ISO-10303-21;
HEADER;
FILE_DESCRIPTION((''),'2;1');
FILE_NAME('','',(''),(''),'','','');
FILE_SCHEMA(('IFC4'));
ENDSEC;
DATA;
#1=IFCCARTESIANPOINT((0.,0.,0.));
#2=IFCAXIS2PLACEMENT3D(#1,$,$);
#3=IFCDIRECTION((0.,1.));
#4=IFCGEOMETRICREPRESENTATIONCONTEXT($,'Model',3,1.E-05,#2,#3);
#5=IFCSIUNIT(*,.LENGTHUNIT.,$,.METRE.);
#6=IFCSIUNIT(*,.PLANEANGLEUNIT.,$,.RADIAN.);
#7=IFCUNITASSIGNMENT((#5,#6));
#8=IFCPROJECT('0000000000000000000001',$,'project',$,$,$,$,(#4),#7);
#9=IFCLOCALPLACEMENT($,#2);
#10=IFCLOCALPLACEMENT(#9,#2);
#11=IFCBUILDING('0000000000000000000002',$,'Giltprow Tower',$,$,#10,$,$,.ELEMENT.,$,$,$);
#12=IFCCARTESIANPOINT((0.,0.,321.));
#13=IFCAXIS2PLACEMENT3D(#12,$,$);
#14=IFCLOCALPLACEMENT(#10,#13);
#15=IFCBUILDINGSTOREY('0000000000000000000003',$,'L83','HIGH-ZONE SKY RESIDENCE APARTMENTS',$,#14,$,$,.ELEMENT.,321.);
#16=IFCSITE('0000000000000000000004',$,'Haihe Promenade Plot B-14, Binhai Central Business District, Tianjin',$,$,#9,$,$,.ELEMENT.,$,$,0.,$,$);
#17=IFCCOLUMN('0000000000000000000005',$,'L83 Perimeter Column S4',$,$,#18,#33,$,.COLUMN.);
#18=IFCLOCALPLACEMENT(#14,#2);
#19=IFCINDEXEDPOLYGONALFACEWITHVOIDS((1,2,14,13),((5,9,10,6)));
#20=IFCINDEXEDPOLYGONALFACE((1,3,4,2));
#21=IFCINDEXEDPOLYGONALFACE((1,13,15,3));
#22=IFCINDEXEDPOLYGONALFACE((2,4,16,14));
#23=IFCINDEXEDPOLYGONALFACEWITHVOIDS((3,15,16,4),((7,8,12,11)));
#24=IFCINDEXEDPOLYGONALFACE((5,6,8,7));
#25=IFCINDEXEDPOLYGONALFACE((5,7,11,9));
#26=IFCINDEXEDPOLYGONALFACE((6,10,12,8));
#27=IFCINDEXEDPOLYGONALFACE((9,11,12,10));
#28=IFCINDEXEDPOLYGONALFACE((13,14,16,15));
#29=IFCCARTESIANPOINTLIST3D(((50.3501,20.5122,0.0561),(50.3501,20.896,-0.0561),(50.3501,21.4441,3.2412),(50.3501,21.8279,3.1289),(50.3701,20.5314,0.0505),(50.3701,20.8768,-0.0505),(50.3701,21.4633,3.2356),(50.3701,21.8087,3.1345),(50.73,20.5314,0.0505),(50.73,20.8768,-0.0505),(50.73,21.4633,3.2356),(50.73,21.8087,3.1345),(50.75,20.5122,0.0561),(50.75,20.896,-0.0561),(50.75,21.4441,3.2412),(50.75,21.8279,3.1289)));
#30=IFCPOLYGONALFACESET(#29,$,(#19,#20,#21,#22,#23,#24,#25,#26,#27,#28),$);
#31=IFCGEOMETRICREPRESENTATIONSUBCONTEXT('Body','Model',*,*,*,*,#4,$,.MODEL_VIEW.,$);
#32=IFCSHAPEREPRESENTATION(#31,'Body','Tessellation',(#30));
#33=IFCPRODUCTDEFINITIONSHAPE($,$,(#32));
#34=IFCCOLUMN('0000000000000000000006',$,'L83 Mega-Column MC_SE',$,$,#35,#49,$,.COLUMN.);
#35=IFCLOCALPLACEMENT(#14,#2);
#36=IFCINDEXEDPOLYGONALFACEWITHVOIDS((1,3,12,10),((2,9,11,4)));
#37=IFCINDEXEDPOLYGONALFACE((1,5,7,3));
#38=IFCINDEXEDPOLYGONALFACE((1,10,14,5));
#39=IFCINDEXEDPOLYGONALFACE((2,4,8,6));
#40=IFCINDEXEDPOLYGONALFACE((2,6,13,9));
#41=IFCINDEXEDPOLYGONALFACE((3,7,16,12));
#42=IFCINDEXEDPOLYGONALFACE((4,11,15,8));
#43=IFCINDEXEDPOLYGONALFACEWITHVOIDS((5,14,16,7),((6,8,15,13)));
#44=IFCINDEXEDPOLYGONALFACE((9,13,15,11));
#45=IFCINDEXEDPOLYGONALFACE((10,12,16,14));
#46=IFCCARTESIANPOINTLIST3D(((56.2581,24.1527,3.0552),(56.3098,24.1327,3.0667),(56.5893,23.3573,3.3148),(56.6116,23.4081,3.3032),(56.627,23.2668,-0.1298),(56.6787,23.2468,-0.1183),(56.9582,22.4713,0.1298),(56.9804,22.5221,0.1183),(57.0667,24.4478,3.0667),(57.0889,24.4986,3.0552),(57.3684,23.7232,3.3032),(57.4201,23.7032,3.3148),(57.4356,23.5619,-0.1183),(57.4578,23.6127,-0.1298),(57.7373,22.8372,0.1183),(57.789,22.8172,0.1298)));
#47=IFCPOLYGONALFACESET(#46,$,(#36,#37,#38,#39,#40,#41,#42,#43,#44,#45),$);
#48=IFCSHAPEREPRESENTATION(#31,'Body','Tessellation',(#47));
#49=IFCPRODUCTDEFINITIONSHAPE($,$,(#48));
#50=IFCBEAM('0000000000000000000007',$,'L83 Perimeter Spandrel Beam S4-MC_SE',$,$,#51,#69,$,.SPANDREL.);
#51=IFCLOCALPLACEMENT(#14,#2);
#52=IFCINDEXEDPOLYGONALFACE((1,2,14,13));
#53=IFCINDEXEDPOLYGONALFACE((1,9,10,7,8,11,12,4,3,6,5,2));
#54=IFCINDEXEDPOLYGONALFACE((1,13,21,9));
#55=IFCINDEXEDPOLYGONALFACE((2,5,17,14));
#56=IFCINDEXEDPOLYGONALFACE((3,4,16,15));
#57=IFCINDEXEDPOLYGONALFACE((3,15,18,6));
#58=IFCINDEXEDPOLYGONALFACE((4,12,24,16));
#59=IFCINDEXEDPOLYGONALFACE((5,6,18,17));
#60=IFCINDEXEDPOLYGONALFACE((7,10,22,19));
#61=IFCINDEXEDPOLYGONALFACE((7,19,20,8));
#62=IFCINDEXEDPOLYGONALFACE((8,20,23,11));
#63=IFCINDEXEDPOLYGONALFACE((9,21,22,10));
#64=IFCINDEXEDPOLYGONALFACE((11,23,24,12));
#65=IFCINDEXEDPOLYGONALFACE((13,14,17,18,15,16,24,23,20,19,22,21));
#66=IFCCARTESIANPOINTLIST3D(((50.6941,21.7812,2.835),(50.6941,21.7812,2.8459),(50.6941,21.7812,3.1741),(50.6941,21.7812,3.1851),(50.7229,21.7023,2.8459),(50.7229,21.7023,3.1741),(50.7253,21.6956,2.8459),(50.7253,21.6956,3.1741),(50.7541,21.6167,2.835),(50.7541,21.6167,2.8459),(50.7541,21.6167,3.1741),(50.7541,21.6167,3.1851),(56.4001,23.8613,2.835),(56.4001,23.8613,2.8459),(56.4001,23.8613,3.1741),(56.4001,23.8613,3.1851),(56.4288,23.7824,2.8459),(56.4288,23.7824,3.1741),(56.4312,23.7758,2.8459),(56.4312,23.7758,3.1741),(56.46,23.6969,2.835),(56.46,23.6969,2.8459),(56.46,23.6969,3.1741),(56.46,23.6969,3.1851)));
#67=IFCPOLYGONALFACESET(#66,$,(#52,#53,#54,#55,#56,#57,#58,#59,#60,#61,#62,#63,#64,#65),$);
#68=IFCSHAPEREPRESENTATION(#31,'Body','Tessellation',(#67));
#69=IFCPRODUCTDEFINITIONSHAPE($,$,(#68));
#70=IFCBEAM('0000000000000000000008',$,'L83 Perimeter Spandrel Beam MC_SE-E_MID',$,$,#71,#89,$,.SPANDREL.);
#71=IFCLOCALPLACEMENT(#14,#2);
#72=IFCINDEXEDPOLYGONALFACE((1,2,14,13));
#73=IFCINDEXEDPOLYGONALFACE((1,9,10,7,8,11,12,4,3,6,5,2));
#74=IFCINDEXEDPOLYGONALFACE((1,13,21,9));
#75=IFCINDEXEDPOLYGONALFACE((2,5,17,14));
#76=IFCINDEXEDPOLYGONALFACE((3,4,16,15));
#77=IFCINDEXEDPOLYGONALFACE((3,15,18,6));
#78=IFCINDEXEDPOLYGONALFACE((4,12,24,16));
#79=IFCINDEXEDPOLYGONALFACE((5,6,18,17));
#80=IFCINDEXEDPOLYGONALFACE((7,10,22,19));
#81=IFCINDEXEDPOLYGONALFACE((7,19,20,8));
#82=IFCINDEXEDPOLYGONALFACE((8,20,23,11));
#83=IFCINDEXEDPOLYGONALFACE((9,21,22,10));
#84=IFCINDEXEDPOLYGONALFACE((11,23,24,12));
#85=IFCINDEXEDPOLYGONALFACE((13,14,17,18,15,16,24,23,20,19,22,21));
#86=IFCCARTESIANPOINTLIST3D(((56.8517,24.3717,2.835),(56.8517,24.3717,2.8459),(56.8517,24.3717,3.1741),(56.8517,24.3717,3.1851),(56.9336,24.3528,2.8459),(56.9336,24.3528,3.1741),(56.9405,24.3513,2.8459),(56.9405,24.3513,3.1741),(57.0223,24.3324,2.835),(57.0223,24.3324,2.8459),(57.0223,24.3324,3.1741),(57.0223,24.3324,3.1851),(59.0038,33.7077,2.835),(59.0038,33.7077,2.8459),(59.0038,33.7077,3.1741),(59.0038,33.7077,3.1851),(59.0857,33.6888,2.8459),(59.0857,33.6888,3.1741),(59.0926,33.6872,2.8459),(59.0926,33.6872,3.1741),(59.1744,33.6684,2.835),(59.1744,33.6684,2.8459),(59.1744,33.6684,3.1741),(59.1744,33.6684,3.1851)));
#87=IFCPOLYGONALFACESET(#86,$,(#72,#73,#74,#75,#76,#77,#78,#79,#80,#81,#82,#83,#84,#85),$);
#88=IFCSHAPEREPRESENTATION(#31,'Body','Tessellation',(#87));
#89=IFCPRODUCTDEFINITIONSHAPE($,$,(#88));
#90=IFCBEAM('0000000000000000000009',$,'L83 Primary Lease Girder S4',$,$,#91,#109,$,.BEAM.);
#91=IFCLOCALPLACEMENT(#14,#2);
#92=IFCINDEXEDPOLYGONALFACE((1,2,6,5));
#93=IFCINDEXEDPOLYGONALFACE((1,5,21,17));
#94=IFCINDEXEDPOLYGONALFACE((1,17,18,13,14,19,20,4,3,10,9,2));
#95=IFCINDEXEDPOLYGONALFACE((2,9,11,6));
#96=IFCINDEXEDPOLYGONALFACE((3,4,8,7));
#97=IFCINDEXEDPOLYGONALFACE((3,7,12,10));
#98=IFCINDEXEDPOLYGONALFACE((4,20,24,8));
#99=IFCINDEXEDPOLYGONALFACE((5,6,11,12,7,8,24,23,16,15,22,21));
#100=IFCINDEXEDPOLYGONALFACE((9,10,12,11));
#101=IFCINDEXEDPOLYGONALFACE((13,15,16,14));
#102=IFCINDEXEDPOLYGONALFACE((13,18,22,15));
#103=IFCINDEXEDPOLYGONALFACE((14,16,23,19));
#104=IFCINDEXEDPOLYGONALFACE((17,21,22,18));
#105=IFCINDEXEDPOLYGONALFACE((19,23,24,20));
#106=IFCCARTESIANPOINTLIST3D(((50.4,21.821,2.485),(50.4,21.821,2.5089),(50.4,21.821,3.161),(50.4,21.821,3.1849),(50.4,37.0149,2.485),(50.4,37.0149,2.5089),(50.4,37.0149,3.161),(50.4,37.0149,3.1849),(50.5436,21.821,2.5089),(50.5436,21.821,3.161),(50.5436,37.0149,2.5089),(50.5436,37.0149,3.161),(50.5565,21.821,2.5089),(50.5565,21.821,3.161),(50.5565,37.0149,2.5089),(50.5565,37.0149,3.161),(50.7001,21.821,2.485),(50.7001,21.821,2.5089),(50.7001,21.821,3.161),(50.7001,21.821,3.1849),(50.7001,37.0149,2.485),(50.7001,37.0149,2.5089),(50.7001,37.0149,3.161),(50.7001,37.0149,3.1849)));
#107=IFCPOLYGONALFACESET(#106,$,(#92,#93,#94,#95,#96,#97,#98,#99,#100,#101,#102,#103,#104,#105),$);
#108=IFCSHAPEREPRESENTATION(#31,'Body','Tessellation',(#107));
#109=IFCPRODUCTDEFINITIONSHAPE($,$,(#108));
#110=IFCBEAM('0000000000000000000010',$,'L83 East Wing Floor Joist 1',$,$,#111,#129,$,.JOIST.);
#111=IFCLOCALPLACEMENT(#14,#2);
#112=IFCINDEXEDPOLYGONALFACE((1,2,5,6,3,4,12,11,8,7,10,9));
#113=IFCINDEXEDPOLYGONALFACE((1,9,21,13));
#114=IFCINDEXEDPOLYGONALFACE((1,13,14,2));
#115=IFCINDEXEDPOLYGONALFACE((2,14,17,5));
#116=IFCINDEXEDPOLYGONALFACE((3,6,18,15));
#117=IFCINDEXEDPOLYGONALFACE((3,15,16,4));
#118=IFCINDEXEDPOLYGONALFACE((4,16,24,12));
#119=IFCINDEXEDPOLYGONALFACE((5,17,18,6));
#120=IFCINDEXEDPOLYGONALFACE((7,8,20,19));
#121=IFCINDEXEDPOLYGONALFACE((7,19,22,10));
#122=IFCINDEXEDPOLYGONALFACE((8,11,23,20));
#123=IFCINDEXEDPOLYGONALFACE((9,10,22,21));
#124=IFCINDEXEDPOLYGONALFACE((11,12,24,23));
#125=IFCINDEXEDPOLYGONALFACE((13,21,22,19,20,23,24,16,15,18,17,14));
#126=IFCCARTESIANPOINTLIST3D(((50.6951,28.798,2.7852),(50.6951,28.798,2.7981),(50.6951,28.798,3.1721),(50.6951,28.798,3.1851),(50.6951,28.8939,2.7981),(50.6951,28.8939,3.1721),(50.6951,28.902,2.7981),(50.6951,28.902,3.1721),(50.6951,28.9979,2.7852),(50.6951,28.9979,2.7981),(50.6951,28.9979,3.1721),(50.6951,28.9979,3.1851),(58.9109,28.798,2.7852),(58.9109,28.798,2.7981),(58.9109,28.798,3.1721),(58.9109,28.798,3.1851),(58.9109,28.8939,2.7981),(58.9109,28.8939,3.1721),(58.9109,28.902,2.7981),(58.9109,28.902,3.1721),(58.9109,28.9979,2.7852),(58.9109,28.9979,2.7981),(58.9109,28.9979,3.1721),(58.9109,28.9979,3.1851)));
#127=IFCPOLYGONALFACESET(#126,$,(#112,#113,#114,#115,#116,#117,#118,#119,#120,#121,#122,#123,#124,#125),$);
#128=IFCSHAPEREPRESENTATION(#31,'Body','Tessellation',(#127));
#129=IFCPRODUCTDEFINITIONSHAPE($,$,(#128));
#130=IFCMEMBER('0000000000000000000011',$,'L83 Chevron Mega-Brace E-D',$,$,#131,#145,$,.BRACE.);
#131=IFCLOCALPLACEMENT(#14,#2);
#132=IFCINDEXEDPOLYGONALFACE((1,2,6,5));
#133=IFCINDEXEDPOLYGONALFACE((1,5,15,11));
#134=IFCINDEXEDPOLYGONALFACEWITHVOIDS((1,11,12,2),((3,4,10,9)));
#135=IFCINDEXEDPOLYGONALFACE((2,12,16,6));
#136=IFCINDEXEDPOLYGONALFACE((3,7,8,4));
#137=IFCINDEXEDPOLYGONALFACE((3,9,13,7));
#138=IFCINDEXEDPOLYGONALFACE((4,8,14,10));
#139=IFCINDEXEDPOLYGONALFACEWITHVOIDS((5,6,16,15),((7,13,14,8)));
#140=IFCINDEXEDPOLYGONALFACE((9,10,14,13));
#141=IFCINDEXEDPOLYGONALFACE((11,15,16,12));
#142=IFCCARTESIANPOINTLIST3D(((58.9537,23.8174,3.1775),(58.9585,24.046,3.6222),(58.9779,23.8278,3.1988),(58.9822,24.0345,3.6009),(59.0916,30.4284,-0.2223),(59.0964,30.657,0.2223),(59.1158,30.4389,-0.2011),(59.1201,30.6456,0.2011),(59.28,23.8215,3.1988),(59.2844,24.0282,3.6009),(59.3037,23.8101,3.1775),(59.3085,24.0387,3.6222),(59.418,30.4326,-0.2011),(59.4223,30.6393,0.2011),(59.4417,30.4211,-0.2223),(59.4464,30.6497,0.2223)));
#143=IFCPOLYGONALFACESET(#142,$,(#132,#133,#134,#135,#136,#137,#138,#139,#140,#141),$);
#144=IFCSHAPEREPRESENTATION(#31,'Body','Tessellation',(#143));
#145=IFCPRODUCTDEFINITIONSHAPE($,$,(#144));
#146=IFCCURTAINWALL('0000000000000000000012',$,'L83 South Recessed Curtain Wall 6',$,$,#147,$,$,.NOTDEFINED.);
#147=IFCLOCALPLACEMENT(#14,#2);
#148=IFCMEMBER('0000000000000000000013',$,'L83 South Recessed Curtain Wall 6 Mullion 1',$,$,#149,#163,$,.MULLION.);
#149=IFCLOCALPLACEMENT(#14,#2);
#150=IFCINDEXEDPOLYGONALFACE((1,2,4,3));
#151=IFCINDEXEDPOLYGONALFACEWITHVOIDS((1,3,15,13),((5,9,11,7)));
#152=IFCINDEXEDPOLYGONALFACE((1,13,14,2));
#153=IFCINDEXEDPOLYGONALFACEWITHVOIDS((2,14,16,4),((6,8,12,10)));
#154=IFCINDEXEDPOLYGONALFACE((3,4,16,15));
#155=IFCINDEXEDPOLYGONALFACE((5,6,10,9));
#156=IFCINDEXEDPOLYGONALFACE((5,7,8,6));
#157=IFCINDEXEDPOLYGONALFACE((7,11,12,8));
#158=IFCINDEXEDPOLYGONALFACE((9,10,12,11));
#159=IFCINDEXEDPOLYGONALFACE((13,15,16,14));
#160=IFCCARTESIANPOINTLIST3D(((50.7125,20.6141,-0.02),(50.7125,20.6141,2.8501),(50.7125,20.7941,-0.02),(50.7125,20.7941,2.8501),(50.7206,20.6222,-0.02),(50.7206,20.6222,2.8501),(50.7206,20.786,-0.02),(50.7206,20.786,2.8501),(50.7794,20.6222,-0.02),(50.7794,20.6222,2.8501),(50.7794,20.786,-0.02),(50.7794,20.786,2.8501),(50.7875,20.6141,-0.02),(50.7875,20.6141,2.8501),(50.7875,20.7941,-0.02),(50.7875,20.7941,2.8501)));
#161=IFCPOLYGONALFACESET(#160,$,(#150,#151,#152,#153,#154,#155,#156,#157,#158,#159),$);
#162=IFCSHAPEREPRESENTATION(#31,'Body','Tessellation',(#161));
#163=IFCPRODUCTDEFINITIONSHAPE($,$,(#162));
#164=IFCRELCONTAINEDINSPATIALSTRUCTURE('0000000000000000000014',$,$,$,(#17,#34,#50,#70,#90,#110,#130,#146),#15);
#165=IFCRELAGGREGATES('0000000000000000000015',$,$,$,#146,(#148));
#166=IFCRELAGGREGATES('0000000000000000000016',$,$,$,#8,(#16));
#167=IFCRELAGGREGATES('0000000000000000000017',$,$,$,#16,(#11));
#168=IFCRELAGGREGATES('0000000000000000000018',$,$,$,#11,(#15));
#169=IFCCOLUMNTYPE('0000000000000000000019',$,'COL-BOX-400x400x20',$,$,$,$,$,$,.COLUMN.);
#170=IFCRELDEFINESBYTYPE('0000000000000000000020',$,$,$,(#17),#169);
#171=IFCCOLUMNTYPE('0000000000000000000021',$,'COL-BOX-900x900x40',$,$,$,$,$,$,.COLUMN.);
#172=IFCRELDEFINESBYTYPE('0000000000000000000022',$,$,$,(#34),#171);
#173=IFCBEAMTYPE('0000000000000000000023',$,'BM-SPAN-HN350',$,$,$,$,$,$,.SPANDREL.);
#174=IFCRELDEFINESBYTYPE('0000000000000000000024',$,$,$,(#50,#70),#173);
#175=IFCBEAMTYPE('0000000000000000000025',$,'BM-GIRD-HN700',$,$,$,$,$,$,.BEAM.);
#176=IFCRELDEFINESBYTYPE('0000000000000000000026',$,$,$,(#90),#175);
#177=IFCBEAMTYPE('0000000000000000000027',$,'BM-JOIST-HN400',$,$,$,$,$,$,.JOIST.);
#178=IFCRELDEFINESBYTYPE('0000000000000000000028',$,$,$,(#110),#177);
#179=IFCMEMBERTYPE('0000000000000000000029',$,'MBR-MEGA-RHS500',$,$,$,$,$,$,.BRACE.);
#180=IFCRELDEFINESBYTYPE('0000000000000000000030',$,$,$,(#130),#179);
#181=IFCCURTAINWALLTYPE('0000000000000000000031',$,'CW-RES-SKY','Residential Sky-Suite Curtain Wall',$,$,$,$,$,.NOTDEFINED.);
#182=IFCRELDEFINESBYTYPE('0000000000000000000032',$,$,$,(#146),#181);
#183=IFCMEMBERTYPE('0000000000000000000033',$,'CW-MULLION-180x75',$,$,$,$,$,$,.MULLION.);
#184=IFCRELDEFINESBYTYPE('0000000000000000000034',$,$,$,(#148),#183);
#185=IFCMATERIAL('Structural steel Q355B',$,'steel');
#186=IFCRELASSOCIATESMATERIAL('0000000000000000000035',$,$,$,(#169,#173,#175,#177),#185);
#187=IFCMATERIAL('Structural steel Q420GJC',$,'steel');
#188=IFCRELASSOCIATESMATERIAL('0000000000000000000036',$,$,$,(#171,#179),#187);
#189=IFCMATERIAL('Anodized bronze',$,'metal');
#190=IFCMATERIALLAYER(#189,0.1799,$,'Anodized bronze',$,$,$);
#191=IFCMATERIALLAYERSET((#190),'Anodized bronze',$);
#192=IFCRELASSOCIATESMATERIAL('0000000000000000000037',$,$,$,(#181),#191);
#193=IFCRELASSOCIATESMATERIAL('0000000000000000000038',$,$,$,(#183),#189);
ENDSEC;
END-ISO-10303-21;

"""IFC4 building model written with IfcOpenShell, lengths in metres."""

from ifc_helpers import new_model, si_unit, direction, frame, origin, origin_2d, place, context, subcontext, project, spatial, hollow_rectangle, i_section, extrude, source, transform, mapped, material, layer, layer_set, material_profile, profile_set, type_object, element, aggregate, save


model = new_model("IFC4")

# Units and contexts
model_context = context("Model", 3, precision=1e-05, world=origin(), true_north=direction((0.0, 1.0)))
body_context = subcontext(model_context, "Body", "Model", "MODEL_VIEW")
ifc_project = project(units=[si_unit("LENGTHUNIT", "METRE"), si_unit("PLANEANGLEUNIT", "RADIAN")], contexts=[model_context])

# Site, building, storey
site_placement = place(None, origin())
site = spatial("IfcSite", under=ifc_project, at=site_placement, Name="Haihe Promenade Plot B-14, Binhai Central Business District, Tianjin", CompositionType="ELEMENT", RefElevation=0.0)
building_placement = place(site_placement, origin())
building = spatial("IfcBuilding", under=site, at=building_placement, Name="Giltprow Tower", CompositionType="ELEMENT")
storey_placement = place(building_placement, frame((0.0, 0.0, 321.0)))
storey = spatial("IfcBuildingStorey", under=building, at=storey_placement, Name="L83", Description="HIGH-ZONE SKY RESIDENCE APARTMENTS", CompositionType="ELEMENT", Elevation=321.0)

# Columns
ifc_material_1 = material(Name="Structural steel Q355B", Category="steel")
ifc_material_profile_1 = material_profile(ifc_material_1, hollow_rectangle(XDim=0.3999, YDim=0.3999, WallThickness=0.02, at=origin_2d()), Name="BOX 400x400x20")
ifc_profile_set_1 = profile_set([ifc_material_profile_1], Name="Structural steel Q355B")
column_type_1 = type_object("IfcColumnType", Name="COL-BOX-400x400x20", PredefinedType="COLUMN", material=ifc_profile_set_1)
shared_shape_1 = source(origin(), body_context, "Body", "SweptSolid", [
    extrude(hollow_rectangle(XDim=0.3999, YDim=0.3999, WallThickness=0.02, at=origin_2d()), origin(), (0.0, 0.0, 1.0), 3.3186),
])
column_1_placement = place(storey_placement, frame((50.55, 20.7041, 0.0), z_axis=(0.0, 0.280808, 0.959764), x_axis=(-1.0, 0.0, 0.0)))
element("IfcColumn", 1, at=column_1_placement, inside=storey, type_object=column_type_1, Name="L83 Perimeter Column S4", PredefinedType="COLUMN", context=body_context, shape_type="MappedRepresentation", body=[
    mapped(shared_shape_1, transform((0.0, 0.0, 0.0), x_axis=(1.0, 0.0, 0.0), y_axis=(0.0, 1.0, 0.0), z_axis=(0.0, 0.0, 1.0), scale=1.0)),
])
ifc_material_2 = material(Name="Structural steel Q420GJC", Category="steel")
ifc_material_profile_2 = material_profile(ifc_material_2, hollow_rectangle(XDim=0.8999, YDim=0.8999, WallThickness=0.04, at=origin_2d()), Name="BOX 900x900x40")
ifc_profile_set_2 = profile_set([ifc_material_profile_2], Name="Structural steel Q420GJC")
column_type_2 = type_object("IfcColumnType", Name="COL-BOX-900x900x40", PredefinedType="COLUMN", material=ifc_profile_set_2)
shared_shape_2 = source(origin(), body_context, "Body", "SweptSolid", [
    extrude(hollow_rectangle(XDim=0.8999, YDim=0.8999, WallThickness=0.04, at=origin_2d()), origin(), (0.0, 0.0, 1.0), 3.3264),
])
column_2_placement = place(storey_placement, frame((57.208, 23.042, 0.0), z_axis=(-0.110896, 0.266341, 0.957478), x_axis=(-0.923175, -0.384381, 0.0)))
element("IfcColumn", 2, at=column_2_placement, inside=storey, type_object=column_type_2, Name="L83 Mega-Column MC_SE", PredefinedType="COLUMN", context=body_context, shape_type="MappedRepresentation", body=[
    mapped(shared_shape_2, transform((0.0, 0.0, 0.0), x_axis=(1.0, 0.0, 0.0), y_axis=(0.0, 1.0, 0.0), z_axis=(0.0, 0.0, 1.0), scale=1.0)),
])

# Beams
ifc_material_profile_3 = material_profile(ifc_material_1, i_section(OverallWidth=0.175, OverallDepth=0.3501, WebThickness=0.0071, FlangeThickness=0.011, at=origin_2d()), Name="HN 350x175x7x11")
ifc_profile_set_3 = profile_set([ifc_material_profile_3], Name="Structural steel Q355B")
beam_type_1 = type_object("IfcBeamType", Name="BM-SPAN-HN350", PredefinedType="SPANDREL", material=ifc_profile_set_3)
shared_shape_3 = source(origin(), body_context, "Body", "SweptSolid", [
    extrude(i_section(OverallWidth=0.175, OverallDepth=0.3501, WebThickness=0.0071, FlangeThickness=0.011, at=origin_2d()), origin(), (0.0, 0.0, 1.0), 6.0732),
])
beam_1_placement = place(storey_placement, frame((50.7241, 21.699, 3.01), z_axis=(0.939516, 0.342505, 0.0), x_axis=(-0.342505, 0.939516, 0.0)))
element("IfcBeam", 3, at=beam_1_placement, inside=storey, type_object=beam_type_1, Name="L83 Perimeter Spandrel Beam S4-MC_SE", PredefinedType="SPANDREL", context=body_context, shape_type="MappedRepresentation", body=[
    mapped(shared_shape_3, transform((0.0, 0.0, 0.0), x_axis=(1.0, 0.0, 0.0), y_axis=(0.0, 1.0, 0.0), z_axis=(0.0, 0.0, 1.0), scale=1.0)),
])
shared_shape_4 = source(origin(), body_context, "Body", "SweptSolid", [
    extrude(i_section(OverallWidth=0.175, OverallDepth=0.3501, WebThickness=0.0071, FlangeThickness=0.011, at=origin_2d()), origin(), (0.0, 0.0, 1.0), 9.5808),
])
beam_2_placement = place(storey_placement, frame((56.937, 24.3521, 3.01), z_axis=(0.224627, 0.974445, 0.0), x_axis=(-0.974445, 0.224627, 0.0)))
element("IfcBeam", 4, at=beam_2_placement, inside=storey, type_object=beam_type_1, Name="L83 Perimeter Spandrel Beam MC_SE-E_MID", PredefinedType="SPANDREL", context=body_context, shape_type="MappedRepresentation", body=[
    mapped(shared_shape_4, transform((0.0, 0.0, 0.0), x_axis=(1.0, 0.0, 0.0), y_axis=(0.0, 1.0, 0.0), z_axis=(0.0, 0.0, 1.0), scale=1.0)),
])
ifc_material_profile_4 = material_profile(ifc_material_1, i_section(OverallWidth=0.3, OverallDepth=0.7, WebThickness=0.0129, FlangeThickness=0.0239, at=origin_2d()), Name="HN 700x300x13x24")
ifc_profile_set_4 = profile_set([ifc_material_profile_4], Name="Structural steel Q355B")
beam_type_2 = type_object("IfcBeamType", Name="BM-GIRD-HN700", PredefinedType="BEAM", material=ifc_profile_set_4)
shared_shape_5 = source(origin(), body_context, "Body", "SweptSolid", [
    extrude(i_section(OverallWidth=0.3, OverallDepth=0.7, WebThickness=0.0129, FlangeThickness=0.0239, at=origin_2d()), origin(), (0.0, 0.0, 1.0), 15.1938),
])
beam_3_placement = place(storey_placement, frame((50.55, 21.821, 2.835), z_axis=(0.0, 1.0, 0.0), x_axis=(-1.0, 0.0, 0.0)))
element("IfcBeam", 5, at=beam_3_placement, inside=storey, type_object=beam_type_2, Name="L83 Primary Lease Girder S4", PredefinedType="BEAM", context=body_context, shape_type="MappedRepresentation", body=[
    mapped(shared_shape_5, transform((0.0, 0.0, 0.0), x_axis=(1.0, 0.0, 0.0), y_axis=(0.0, 1.0, 0.0), z_axis=(0.0, 0.0, 1.0), scale=1.0)),
])
ifc_material_profile_5 = material_profile(ifc_material_1, i_section(OverallWidth=0.2, OverallDepth=0.3999, WebThickness=0.0081, FlangeThickness=0.0129, at=origin_2d()), Name="HN 400x200x8x13")
ifc_profile_set_5 = profile_set([ifc_material_profile_5], Name="Structural steel Q355B")
beam_type_3 = type_object("IfcBeamType", Name="BM-JOIST-HN400", PredefinedType="JOIST", material=ifc_profile_set_5)
shared_shape_6 = source(origin(), body_context, "Body", "SweptSolid", [
    extrude(i_section(OverallWidth=0.2, OverallDepth=0.3999, WebThickness=0.0081, FlangeThickness=0.0129, at=origin_2d()), origin(), (0.0, 0.0, 1.0), 8.2158),
])
beam_4_placement = place(storey_placement, frame((50.6951, 28.8979, 2.9851), z_axis=(1.0, 0.0, 0.0), x_axis=(0.0, 1.0, 0.0)))
element("IfcBeam", 6, at=beam_4_placement, inside=storey, type_object=beam_type_3, Name="L83 East Wing Floor Joist 1", PredefinedType="JOIST", context=body_context, shape_type="MappedRepresentation", body=[
    mapped(shared_shape_6, transform((0.0, 0.0, 0.0), x_axis=(1.0, 0.0, 0.0), y_axis=(0.0, 1.0, 0.0), z_axis=(0.0, 0.0, 1.0), scale=1.0)),
])

# Member
ifc_material_profile_6 = material_profile(ifc_material_2, hollow_rectangle(XDim=0.3501, YDim=0.5, WallThickness=0.0239, at=origin_2d()), Name="RHS 500x350x24")
ifc_profile_set_6 = profile_set([ifc_material_profile_6], Name="Structural steel Q420GJC")
member_type_1 = type_object("IfcMemberType", Name="MBR-MEGA-RHS500", PredefinedType="BRACE", material=ifc_profile_set_6)
shared_shape_7 = source(origin(), body_context, "Body", "SweptSolid", [
    extrude(hollow_rectangle(XDim=0.3501, YDim=0.5, WallThickness=0.0239, at=origin_2d()), origin(), (0.0, 0.0, 1.0), 7.4353),
])
member_1_placement = place(storey_placement, frame((59.269, 30.5391, 0.0), z_axis=(-0.018552, -0.889139, 0.45726), x_axis=(0.999782, -0.02086, 0.0)))
element("IfcMember", 7, at=member_1_placement, inside=storey, type_object=member_type_1, Name="L83 Chevron Mega-Brace E-D", PredefinedType="BRACE", context=body_context, shape_type="MappedRepresentation", body=[
    mapped(shared_shape_7, transform((0.0, 0.0, 0.0), x_axis=(1.0, 0.0, 0.0), y_axis=(0.0, 1.0, 0.0), z_axis=(0.0, 0.0, 1.0), scale=1.0)),
])

# Curtain wall, member
ifc_material_3 = material(Name="Anodized bronze", Category="metal")
ifc_layer_1 = layer(ifc_material_3, 0.1799, Name="Anodized bronze")
ifc_layer_set_1 = layer_set([ifc_layer_1], Name="Anodized bronze")
curtain_wall_type = type_object("IfcCurtainWallType", Name="CW-RES-SKY", Description="Residential Sky-Suite Curtain Wall", PredefinedType="NOTDEFINED", material=ifc_layer_set_1)
curtain_wall_placement = place(storey_placement, origin())
curtain_wall = element("IfcCurtainWall", 8, at=curtain_wall_placement, inside=storey, type_object=curtain_wall_type, Name="L83 South Recessed Curtain Wall 6", PredefinedType="NOTDEFINED")
ifc_material_profile_7 = material_profile(ifc_material_3, hollow_rectangle(XDim=0.075, YDim=0.1799, WallThickness=0.0081, at=origin_2d()), Name="RHS 180x75x8")
ifc_profile_set_7 = profile_set([ifc_material_profile_7], Name="Anodized bronze")
member_type_2 = type_object("IfcMemberType", Name="CW-MULLION-180x75", PredefinedType="MULLION", material=ifc_profile_set_7)
shared_shape_8 = source(origin(), body_context, "Body", "SweptSolid", [
    extrude(hollow_rectangle(XDim=0.075, YDim=0.1799, WallThickness=0.0081, at=origin_2d()), origin(), (0.0, 0.0, 1.0), 2.8701),
])
member_2_placement = place(storey_placement, frame((50.75, 20.7041, -0.02), z_axis=(0.0, 0.0, 1.0), x_axis=(1.0, 0.0, 0.0)))
member_2 = element("IfcMember", 9, at=member_2_placement, type_object=member_type_2, Name="L83 South Recessed Curtain Wall 6 Mullion 1", PredefinedType="MULLION", context=body_context, shape_type="MappedRepresentation", body=[
    mapped(shared_shape_8, transform((0.0, 0.0, 0.0), x_axis=(1.0, 0.0, 0.0), y_axis=(0.0, 1.0, 0.0), z_axis=(0.0, 0.0, 1.0), scale=1.0)),
])

aggregate(curtain_wall, [member_2])

save(model, "model.ifc")
